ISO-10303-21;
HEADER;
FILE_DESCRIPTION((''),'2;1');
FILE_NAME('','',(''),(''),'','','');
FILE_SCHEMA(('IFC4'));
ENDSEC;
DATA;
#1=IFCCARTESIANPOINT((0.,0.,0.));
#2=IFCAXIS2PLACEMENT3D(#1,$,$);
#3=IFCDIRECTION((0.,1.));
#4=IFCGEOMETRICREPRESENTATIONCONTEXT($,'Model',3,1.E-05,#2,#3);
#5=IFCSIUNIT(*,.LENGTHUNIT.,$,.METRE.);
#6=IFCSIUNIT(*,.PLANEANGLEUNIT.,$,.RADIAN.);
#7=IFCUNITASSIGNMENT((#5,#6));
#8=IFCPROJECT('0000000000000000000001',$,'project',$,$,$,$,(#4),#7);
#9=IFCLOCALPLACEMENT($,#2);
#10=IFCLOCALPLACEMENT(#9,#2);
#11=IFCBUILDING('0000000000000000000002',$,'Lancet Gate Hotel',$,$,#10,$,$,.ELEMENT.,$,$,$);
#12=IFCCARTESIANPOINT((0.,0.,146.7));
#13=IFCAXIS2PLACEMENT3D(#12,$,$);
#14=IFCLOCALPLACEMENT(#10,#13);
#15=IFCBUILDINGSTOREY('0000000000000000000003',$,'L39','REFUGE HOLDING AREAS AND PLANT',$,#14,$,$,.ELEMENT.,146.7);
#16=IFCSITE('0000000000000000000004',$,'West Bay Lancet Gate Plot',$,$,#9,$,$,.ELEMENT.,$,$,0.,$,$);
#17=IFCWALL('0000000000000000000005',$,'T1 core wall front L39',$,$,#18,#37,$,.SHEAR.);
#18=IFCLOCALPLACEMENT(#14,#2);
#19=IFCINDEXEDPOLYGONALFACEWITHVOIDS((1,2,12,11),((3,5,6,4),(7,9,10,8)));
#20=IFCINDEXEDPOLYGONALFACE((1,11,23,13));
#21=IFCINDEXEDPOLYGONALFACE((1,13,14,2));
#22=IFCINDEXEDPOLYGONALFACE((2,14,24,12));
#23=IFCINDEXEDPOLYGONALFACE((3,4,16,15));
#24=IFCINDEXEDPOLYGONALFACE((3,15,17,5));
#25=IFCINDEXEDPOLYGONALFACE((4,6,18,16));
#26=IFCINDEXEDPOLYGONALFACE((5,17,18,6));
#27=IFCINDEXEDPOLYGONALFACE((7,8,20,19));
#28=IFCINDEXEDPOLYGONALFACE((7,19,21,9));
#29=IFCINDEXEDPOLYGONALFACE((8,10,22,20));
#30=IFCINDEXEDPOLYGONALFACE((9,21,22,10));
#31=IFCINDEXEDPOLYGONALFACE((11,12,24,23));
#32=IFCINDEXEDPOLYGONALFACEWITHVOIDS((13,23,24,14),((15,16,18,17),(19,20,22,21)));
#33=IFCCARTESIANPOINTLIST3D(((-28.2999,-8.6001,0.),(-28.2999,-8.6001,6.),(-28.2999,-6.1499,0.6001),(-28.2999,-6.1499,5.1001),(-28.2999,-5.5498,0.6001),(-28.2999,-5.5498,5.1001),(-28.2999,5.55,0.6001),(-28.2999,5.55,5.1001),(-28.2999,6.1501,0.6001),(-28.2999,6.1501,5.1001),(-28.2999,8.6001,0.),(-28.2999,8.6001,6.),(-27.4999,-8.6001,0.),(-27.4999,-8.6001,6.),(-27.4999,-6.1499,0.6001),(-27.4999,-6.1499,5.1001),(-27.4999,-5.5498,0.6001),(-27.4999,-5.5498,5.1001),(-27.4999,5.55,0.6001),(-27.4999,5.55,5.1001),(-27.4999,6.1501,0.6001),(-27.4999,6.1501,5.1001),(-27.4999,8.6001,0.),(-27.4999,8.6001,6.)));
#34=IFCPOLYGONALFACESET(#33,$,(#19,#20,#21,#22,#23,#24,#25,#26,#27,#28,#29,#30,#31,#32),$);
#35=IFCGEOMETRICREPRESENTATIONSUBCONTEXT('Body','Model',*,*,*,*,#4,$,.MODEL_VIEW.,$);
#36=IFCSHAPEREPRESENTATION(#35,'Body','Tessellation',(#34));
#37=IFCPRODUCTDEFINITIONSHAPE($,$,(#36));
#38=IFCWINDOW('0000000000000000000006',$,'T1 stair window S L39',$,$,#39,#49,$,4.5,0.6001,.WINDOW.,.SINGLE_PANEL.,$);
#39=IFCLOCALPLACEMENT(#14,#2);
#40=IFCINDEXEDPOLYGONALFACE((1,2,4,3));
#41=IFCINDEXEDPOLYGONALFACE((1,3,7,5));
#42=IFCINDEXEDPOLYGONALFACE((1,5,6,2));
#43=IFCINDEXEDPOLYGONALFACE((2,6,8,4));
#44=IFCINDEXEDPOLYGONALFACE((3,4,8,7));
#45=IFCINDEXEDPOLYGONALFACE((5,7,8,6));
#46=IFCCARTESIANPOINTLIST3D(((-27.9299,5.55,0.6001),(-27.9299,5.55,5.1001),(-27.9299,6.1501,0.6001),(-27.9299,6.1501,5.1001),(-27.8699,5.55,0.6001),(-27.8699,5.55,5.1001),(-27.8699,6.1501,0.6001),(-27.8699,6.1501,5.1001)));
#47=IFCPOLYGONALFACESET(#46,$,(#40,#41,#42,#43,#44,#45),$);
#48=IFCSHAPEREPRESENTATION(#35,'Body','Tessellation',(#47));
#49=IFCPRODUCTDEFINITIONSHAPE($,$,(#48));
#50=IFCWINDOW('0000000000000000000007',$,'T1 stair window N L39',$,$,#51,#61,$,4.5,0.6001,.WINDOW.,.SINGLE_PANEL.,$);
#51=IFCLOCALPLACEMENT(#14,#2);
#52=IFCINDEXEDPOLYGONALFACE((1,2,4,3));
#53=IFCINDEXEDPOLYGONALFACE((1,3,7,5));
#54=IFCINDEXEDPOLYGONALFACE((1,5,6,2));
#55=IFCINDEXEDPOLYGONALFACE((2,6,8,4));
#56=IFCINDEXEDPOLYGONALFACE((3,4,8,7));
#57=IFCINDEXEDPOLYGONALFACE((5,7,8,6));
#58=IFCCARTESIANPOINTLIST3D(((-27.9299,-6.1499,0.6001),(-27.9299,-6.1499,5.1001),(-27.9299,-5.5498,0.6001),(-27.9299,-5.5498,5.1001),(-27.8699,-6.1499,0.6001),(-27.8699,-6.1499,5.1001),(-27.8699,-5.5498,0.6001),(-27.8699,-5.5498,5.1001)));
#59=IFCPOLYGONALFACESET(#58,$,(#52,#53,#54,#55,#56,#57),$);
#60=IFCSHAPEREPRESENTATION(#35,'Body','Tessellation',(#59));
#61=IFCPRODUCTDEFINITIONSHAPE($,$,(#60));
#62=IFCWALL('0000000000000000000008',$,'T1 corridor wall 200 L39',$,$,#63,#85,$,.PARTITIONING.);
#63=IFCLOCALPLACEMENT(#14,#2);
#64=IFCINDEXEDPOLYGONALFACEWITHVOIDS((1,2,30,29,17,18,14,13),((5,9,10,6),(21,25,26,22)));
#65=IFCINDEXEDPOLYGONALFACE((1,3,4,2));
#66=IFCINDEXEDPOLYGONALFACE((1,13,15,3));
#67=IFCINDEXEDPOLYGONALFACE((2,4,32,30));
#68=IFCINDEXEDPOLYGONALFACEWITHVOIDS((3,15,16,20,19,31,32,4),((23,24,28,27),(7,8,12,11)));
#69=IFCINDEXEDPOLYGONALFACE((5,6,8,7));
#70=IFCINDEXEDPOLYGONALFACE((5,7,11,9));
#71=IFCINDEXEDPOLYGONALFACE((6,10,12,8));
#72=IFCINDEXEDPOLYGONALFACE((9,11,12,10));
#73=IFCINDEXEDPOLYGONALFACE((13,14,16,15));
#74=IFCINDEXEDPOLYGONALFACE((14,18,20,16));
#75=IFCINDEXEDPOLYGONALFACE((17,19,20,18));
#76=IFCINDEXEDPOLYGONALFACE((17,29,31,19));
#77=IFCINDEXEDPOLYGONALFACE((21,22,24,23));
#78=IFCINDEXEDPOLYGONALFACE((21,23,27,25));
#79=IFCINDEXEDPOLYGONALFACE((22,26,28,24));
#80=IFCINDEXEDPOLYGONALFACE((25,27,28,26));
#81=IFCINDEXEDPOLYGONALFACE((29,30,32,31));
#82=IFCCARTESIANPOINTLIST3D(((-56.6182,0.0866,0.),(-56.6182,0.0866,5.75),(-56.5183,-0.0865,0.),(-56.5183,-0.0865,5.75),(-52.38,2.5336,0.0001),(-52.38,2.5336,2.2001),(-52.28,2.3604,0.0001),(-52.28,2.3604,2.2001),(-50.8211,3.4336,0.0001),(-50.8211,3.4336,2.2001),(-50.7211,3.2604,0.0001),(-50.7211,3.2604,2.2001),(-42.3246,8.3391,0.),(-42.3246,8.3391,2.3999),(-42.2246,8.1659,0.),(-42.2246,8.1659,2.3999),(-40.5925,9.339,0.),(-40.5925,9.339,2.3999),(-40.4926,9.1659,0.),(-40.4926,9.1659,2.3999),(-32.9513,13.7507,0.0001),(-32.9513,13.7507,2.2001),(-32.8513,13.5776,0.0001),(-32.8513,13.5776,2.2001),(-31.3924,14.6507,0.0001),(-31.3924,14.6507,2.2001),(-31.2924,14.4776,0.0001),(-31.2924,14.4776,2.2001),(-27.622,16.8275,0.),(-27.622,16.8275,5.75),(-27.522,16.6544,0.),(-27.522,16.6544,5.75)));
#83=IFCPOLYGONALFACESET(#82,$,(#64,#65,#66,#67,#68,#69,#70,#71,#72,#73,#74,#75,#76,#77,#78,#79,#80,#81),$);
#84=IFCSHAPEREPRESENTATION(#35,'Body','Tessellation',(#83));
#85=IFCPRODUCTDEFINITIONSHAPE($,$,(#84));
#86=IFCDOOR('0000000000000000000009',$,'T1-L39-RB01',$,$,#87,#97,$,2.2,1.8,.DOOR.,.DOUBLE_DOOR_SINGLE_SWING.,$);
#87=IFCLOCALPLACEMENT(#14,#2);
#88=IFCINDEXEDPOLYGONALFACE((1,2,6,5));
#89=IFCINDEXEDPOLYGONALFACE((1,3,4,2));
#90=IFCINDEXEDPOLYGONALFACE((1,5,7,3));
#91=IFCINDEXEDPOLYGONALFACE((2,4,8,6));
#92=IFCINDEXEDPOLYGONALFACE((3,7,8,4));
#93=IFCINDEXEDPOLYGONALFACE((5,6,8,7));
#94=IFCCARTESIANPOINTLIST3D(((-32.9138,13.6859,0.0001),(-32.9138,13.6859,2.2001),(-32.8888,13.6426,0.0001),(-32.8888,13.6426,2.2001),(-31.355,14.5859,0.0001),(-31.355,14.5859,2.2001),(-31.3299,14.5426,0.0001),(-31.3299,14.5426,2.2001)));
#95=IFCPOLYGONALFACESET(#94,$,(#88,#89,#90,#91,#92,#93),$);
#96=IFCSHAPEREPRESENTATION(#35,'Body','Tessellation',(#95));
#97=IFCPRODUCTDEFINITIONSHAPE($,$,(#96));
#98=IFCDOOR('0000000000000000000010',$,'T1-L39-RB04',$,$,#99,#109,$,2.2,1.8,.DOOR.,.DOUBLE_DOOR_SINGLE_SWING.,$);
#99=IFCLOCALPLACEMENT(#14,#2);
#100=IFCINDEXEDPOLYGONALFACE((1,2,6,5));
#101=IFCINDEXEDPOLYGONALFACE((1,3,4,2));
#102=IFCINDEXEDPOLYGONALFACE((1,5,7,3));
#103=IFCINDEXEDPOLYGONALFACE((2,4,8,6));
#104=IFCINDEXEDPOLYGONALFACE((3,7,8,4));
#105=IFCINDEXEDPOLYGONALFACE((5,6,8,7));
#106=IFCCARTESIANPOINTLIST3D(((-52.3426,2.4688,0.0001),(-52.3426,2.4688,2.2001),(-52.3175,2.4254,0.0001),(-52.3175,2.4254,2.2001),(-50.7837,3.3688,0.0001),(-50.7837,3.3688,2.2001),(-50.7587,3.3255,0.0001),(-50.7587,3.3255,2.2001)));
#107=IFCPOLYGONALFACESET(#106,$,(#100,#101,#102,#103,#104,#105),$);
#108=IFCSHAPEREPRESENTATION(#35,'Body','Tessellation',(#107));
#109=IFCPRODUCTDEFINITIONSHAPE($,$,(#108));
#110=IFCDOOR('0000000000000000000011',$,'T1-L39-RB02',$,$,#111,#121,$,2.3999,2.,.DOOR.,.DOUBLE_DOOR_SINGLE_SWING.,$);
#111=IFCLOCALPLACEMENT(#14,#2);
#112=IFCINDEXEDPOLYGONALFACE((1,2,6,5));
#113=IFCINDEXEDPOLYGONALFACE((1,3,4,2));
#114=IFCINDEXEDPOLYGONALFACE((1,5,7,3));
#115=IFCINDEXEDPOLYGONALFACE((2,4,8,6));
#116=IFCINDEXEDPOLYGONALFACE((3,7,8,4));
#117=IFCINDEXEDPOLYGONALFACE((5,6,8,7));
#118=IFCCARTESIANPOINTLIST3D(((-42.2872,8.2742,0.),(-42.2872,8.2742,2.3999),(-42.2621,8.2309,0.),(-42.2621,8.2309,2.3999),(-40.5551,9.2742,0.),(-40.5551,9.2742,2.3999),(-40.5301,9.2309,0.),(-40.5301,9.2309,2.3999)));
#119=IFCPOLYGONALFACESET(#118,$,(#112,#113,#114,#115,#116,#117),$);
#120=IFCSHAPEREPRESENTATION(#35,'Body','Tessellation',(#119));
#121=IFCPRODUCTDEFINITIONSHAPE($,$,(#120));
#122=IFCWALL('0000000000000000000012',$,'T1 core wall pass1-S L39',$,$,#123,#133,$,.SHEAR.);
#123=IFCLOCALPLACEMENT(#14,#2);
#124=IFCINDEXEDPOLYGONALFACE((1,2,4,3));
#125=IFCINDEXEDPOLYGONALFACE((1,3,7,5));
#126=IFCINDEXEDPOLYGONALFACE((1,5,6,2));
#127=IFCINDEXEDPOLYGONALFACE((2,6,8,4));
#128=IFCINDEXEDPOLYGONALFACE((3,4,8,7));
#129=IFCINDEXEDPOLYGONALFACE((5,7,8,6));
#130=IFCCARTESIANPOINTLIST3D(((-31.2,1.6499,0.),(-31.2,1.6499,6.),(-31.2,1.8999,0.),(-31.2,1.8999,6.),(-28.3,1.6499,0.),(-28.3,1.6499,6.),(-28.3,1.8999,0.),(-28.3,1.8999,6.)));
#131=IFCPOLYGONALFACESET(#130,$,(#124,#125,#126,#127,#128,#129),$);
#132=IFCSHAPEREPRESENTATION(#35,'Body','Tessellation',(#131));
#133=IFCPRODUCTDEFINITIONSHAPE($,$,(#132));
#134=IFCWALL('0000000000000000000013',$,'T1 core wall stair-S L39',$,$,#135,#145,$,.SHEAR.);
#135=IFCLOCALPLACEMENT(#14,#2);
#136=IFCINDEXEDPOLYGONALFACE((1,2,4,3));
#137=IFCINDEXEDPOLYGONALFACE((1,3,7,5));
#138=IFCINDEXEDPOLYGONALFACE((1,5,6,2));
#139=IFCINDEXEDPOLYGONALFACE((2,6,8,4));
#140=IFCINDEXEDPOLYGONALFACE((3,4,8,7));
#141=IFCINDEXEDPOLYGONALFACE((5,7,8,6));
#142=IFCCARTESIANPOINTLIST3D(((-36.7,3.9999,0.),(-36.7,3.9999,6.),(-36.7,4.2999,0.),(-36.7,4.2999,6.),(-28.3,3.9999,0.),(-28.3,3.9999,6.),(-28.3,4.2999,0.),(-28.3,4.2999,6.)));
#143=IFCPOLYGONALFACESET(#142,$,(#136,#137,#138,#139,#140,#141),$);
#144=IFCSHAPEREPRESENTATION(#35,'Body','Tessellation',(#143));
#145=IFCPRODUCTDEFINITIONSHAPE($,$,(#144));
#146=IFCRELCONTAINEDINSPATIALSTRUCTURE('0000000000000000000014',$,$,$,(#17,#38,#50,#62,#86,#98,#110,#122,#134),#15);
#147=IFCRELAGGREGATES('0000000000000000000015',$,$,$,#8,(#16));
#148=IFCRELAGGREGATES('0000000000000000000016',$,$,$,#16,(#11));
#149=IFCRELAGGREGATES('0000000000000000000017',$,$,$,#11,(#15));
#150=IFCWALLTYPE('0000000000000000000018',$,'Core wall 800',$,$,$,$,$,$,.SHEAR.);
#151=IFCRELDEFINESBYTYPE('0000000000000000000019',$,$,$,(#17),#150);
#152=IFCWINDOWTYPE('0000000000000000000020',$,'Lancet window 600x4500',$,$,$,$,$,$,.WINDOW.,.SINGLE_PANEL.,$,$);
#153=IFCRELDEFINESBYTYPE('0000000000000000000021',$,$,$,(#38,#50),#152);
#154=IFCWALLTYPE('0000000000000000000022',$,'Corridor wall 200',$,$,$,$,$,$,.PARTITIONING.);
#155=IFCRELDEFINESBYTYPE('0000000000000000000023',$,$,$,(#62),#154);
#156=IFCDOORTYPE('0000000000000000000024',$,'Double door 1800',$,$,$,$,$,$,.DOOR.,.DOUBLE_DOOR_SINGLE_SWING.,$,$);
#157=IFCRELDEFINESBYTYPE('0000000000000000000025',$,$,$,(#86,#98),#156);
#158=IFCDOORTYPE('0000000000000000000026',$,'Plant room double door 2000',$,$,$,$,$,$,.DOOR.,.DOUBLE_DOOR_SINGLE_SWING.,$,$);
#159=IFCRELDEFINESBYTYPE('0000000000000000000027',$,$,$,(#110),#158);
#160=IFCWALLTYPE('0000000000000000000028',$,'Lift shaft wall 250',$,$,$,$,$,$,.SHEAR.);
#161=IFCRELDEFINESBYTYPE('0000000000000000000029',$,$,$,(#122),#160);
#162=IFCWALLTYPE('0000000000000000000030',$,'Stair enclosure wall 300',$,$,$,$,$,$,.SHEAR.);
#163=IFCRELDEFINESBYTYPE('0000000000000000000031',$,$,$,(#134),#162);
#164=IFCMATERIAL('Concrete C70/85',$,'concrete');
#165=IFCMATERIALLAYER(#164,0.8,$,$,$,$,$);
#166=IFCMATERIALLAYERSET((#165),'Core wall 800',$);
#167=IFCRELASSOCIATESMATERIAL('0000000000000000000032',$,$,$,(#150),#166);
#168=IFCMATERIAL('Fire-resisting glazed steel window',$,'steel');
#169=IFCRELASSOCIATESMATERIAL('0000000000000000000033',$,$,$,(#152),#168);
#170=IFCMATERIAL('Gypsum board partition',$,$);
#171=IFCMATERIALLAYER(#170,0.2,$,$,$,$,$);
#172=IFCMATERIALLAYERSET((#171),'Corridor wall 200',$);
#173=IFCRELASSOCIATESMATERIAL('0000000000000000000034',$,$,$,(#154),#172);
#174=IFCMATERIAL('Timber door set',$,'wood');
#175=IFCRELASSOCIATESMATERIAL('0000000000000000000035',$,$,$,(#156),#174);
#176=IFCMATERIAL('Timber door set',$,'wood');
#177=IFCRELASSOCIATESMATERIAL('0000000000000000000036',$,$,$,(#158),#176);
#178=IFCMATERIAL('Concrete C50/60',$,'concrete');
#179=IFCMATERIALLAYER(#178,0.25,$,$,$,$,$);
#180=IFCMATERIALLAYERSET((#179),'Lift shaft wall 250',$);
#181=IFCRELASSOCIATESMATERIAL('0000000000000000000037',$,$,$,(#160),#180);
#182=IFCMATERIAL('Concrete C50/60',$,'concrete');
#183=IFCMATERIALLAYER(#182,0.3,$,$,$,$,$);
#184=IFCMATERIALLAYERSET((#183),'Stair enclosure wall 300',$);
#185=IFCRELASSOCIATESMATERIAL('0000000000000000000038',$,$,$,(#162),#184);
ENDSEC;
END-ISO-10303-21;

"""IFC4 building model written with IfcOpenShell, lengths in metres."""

from ifc_helpers import new_model, si_unit, direction, frame, frame_2d, origin, place, context, subcontext, project, spatial, rectangle, extrude, material, layer, layer_set, type_object, element, fill, save


model = new_model("IFC4")

# Units and contexts
model_context = context("Model", 3, precision=1e-05, world=origin(), true_north=direction((0.0, 1.0)))
body_context = subcontext(model_context, "Body", "Model", "MODEL_VIEW")
ifc_project = project(units=[si_unit("LENGTHUNIT", "METRE"), si_unit("PLANEANGLEUNIT", "RADIAN")], contexts=[model_context])

# Site, building, storey
site_placement = place(None, origin())
site = spatial("IfcSite", under=ifc_project, at=site_placement, Name="West Bay Lancet Gate Plot", CompositionType="ELEMENT", RefElevation=0.0)
building_placement = place(site_placement, origin())
building = spatial("IfcBuilding", under=site, at=building_placement, Name="Lancet Gate Hotel", CompositionType="ELEMENT")
storey_placement = place(building_placement, frame((0.0, 0.0, 146.7)))
storey = spatial("IfcBuildingStorey", under=building, at=storey_placement, Name="L39", Description="REFUGE HOLDING AREAS AND PLANT", CompositionType="ELEMENT", Elevation=146.7)

# Wall, openings, windows
ifc_material_1 = material(Name="Concrete C70/85", Category="concrete")
ifc_layer_1 = layer(ifc_material_1, 0.8)
ifc_layer_set_1 = layer_set([ifc_layer_1], Name="Core wall 800")
wall_type_1 = type_object("IfcWallType", Name="Core wall 800", PredefinedType="SHEAR", material=ifc_layer_set_1)
wall_1_placement = place(storey_placement, frame((-27.8999, 8.6001, 0.0), z_axis=(0.0, 0.0, 1.0), x_axis=(0.0, -1.0, 0.0)))
wall_1 = element("IfcWall", 1, at=wall_1_placement, inside=storey, type_object=wall_type_1, Name="T1 core wall front L39", PredefinedType="SHEAR", context=body_context, shape_type="SweptSolid", body=[
    extrude(rectangle(XDim=17.2002, YDim=0.8, at=frame_2d((8.6001, 0.0))), origin(), (0.0, 0.0, 1.0), 6.0),
])
opening_1_placement = place(wall_1_placement, frame((2.45, 0.0, 0.6001)))
opening_1 = element("IfcOpeningElement", 2, at=opening_1_placement, cuts=wall_1, PredefinedType="OPENING", context=body_context, shape_type="SweptSolid", body=[
    extrude(rectangle(XDim=0.6001, YDim=4.5, at=frame_2d((0.3, 2.25))), frame((0.0, 0.4099, 0.0), z_axis=(0.0, -1.0, 0.0), x_axis=(1.0, 0.0, 0.0)), (0.0, 0.0, 1.0), 0.8201),
])
opening_2_placement = place(wall_1_placement, frame((14.1499, 0.0, 0.6001)))
opening_2 = element("IfcOpeningElement", 3, at=opening_2_placement, cuts=wall_1, PredefinedType="OPENING", context=body_context, shape_type="SweptSolid", body=[
    extrude(rectangle(XDim=0.6001, YDim=4.5, at=frame_2d((0.3, 2.25))), frame((0.0, 0.4099, 0.0), z_axis=(0.0, -1.0, 0.0), x_axis=(1.0, 0.0, 0.0)), (0.0, 0.0, 1.0), 0.8201),
])
ifc_material_2 = material(Name="Fire-resisting glazed steel window", Category="steel")
window_type = type_object("IfcWindowType", Name="Lancet window 600x4500", PartitioningType="SINGLE_PANEL", PredefinedType="WINDOW", material=ifc_material_2)
window_1_placement = place(opening_1_placement, origin())
window_1 = element("IfcWindow", 4, at=window_1_placement, inside=storey, type_object=window_type, Name="T1 stair window S L39", OverallHeight=4.5, OverallWidth=0.6001, PartitioningType="SINGLE_PANEL", PredefinedType="WINDOW", context=body_context, shape_type="SweptSolid", body=[
    extrude(rectangle(XDim=0.6001, YDim=4.5, at=frame_2d((0.3, 2.25))), frame((0.0, 0.03, 0.0), z_axis=(0.0, -1.0, 0.0), x_axis=(1.0, 0.0, 0.0)), (0.0, 0.0, 1.0), 0.0601),
])
fill(opening_1, window_1)
window_2_placement = place(opening_2_placement, origin())
window_2 = element("IfcWindow", 5, at=window_2_placement, inside=storey, type_object=window_type, Name="T1 stair window N L39", OverallHeight=4.5, OverallWidth=0.6001, PartitioningType="SINGLE_PANEL", PredefinedType="WINDOW", context=body_context, shape_type="SweptSolid", body=[
    extrude(rectangle(XDim=0.6001, YDim=4.5, at=frame_2d((0.3, 2.25))), frame((0.0, 0.03, 0.0), z_axis=(0.0, -1.0, 0.0), x_axis=(1.0, 0.0, 0.0)), (0.0, 0.0, 1.0), 0.0601),
])
fill(opening_2, window_2)

# Wall, openings, doors
ifc_material_3 = material(Name="Gypsum board partition")
ifc_layer_2 = layer(ifc_material_3, 0.2)
ifc_layer_set_2 = layer_set([ifc_layer_2], Name="Corridor wall 200")
wall_type_2 = type_object("IfcWallType", Name="Corridor wall 200", PredefinedType="PARTITIONING", material=ifc_layer_set_2)
wall_2_placement = place(storey_placement, frame((-27.572, 16.741, 0.0), z_axis=(0.0, 0.0, 1.0), x_axis=(-0.866026, -0.499998, 0.0)))
wall_2 = element("IfcWall", 6, at=wall_2_placement, inside=storey, type_object=wall_type_2, Name="T1 corridor wall 200 L39", PredefinedType="PARTITIONING", context=body_context, shape_type="SweptSolid", body=[
    extrude(rectangle(XDim=33.4819, YDim=0.2, at=frame_2d((16.741, 0.0))), origin(), (0.0, 0.0, 1.0), 5.75),
])
opening_3_placement = place(wall_2_placement, frame((4.3538, 0.0, 0.0)))
opening_3 = element("IfcOpeningElement", 7, at=opening_3_placement, cuts=wall_2, PredefinedType="OPENING", context=body_context, shape_type="SweptSolid", body=[
    extrude(rectangle(XDim=1.8, YDim=2.2, at=frame_2d((0.8999, 1.1001))), frame((0.0, 0.1099, 0.0), z_axis=(0.0, -1.0, 0.0), x_axis=(1.0, 0.0, 0.0)), (0.0, 0.0, 1.0), 0.22),
])
opening_4_placement = place(wall_2_placement, frame((14.9771, 0.0, 0.0)))
opening_4 = element("IfcOpeningElement", 8, at=opening_4_placement, cuts=wall_2, PredefinedType="OPENING", context=body_context, shape_type="SweptSolid", body=[
    extrude(rectangle(XDim=2.0, YDim=2.3999, at=frame_2d((1.0, 1.2))), frame((0.0, 0.1099, 0.0), z_axis=(0.0, -1.0, 0.0), x_axis=(1.0, 0.0, 0.0)), (0.0, 0.0, 1.0), 0.22),
])
opening_5_placement = place(wall_2_placement, frame((26.7881, 0.0, 0.0)))
opening_5 = element("IfcOpeningElement", 9, at=opening_5_placement, cuts=wall_2, PredefinedType="OPENING", context=body_context, shape_type="SweptSolid", body=[
    extrude(rectangle(XDim=1.8, YDim=2.2, at=frame_2d((0.8999, 1.1001))), frame((0.0, 0.1099, 0.0), z_axis=(0.0, -1.0, 0.0), x_axis=(1.0, 0.0, 0.0)), (0.0, 0.0, 1.0), 0.22),
])
ifc_material_4 = material(Name="Timber door set", Category="wood")
door_type_1 = type_object("IfcDoorType", Name="Double door 1800", OperationType="DOUBLE_DOOR_SINGLE_SWING", PredefinedType="DOOR", material=ifc_material_4)
door_1_placement = place(opening_3_placement, origin())
door_1 = element("IfcDoor", 10, at=door_1_placement, inside=storey, type_object=door_type_1, Name="T1-L39-RB01", OperationType="DOUBLE_DOOR_SINGLE_SWING", OverallHeight=2.2, OverallWidth=1.8, PredefinedType="DOOR", context=body_context, shape_type="SweptSolid", body=[
    extrude(rectangle(XDim=1.8, YDim=2.2, at=frame_2d((0.8999, 1.1001))), frame((0.0, 0.0249, 0.0), z_axis=(0.0, -1.0, 0.0), x_axis=(1.0, 0.0, 0.0)), (0.0, 0.0, 1.0), 0.05),
])
fill(opening_3, door_1)
door_2_placement = place(opening_5_placement, origin())
door_2 = element("IfcDoor", 11, at=door_2_placement, inside=storey, type_object=door_type_1, Name="T1-L39-RB04", OperationType="DOUBLE_DOOR_SINGLE_SWING", OverallHeight=2.2, OverallWidth=1.8, PredefinedType="DOOR", context=body_context, shape_type="SweptSolid", body=[
    extrude(rectangle(XDim=1.8, YDim=2.2, at=frame_2d((0.8999, 1.1001))), frame((0.0, 0.0249, 0.0), z_axis=(0.0, -1.0, 0.0), x_axis=(1.0, 0.0, 0.0)), (0.0, 0.0, 1.0), 0.05),
])
fill(opening_5, door_2)
ifc_material_5 = material(Name="Timber door set", Category="wood")
door_type_2 = type_object("IfcDoorType", Name="Plant room double door 2000", OperationType="DOUBLE_DOOR_SINGLE_SWING", PredefinedType="DOOR", material=ifc_material_5)
door_3_placement = place(opening_4_placement, origin())
door_3 = element("IfcDoor", 12, at=door_3_placement, inside=storey, type_object=door_type_2, Name="T1-L39-RB02", OperationType="DOUBLE_DOOR_SINGLE_SWING", OverallHeight=2.3999, OverallWidth=2.0, PredefinedType="DOOR", context=body_context, shape_type="SweptSolid", body=[
    extrude(rectangle(XDim=2.0, YDim=2.3999, at=frame_2d((1.0, 1.2))), frame((0.0, 0.0249, 0.0), z_axis=(0.0, -1.0, 0.0), x_axis=(1.0, 0.0, 0.0)), (0.0, 0.0, 1.0), 0.05),
])
fill(opening_4, door_3)

# Walls
ifc_material_6 = material(Name="Concrete C50/60", Category="concrete")
ifc_layer_3 = layer(ifc_material_6, 0.25)
ifc_layer_set_3 = layer_set([ifc_layer_3], Name="Lift shaft wall 250")
wall_type_3 = type_object("IfcWallType", Name="Lift shaft wall 250", PredefinedType="SHEAR", material=ifc_layer_set_3)
wall_3_placement = place(storey_placement, frame((-28.3, 1.7749, 0.0), z_axis=(0.0, 0.0, 1.0), x_axis=(-1.0, 0.0, 0.0)))
element("IfcWall", 13, at=wall_3_placement, inside=storey, type_object=wall_type_3, Name="T1 core wall pass1-S L39", PredefinedType="SHEAR", context=body_context, shape_type="SweptSolid", body=[
    extrude(rectangle(XDim=2.8999, YDim=0.25, at=frame_2d((1.45, 0.0))), origin(), (0.0, 0.0, 1.0), 6.0),
])
ifc_material_7 = material(Name="Concrete C50/60", Category="concrete")
ifc_layer_4 = layer(ifc_material_7, 0.3)
ifc_layer_set_4 = layer_set([ifc_layer_4], Name="Stair enclosure wall 300")
wall_type_4 = type_object("IfcWallType", Name="Stair enclosure wall 300", PredefinedType="SHEAR", material=ifc_layer_set_4)
wall_4_placement = place(storey_placement, frame((-28.3, 4.1499, 0.0), z_axis=(0.0, 0.0, 1.0), x_axis=(-1.0, 0.0, 0.0)))
element("IfcWall", 14, at=wall_4_placement, inside=storey, type_object=wall_type_4, Name="T1 core wall stair-S L39", PredefinedType="SHEAR", context=body_context, shape_type="SweptSolid", body=[
    extrude(rectangle(XDim=8.3999, YDim=0.3, at=frame_2d((4.2, 0.0))), origin(), (0.0, 0.0, 1.0), 6.0),
])

save(model, "model.ifc")
